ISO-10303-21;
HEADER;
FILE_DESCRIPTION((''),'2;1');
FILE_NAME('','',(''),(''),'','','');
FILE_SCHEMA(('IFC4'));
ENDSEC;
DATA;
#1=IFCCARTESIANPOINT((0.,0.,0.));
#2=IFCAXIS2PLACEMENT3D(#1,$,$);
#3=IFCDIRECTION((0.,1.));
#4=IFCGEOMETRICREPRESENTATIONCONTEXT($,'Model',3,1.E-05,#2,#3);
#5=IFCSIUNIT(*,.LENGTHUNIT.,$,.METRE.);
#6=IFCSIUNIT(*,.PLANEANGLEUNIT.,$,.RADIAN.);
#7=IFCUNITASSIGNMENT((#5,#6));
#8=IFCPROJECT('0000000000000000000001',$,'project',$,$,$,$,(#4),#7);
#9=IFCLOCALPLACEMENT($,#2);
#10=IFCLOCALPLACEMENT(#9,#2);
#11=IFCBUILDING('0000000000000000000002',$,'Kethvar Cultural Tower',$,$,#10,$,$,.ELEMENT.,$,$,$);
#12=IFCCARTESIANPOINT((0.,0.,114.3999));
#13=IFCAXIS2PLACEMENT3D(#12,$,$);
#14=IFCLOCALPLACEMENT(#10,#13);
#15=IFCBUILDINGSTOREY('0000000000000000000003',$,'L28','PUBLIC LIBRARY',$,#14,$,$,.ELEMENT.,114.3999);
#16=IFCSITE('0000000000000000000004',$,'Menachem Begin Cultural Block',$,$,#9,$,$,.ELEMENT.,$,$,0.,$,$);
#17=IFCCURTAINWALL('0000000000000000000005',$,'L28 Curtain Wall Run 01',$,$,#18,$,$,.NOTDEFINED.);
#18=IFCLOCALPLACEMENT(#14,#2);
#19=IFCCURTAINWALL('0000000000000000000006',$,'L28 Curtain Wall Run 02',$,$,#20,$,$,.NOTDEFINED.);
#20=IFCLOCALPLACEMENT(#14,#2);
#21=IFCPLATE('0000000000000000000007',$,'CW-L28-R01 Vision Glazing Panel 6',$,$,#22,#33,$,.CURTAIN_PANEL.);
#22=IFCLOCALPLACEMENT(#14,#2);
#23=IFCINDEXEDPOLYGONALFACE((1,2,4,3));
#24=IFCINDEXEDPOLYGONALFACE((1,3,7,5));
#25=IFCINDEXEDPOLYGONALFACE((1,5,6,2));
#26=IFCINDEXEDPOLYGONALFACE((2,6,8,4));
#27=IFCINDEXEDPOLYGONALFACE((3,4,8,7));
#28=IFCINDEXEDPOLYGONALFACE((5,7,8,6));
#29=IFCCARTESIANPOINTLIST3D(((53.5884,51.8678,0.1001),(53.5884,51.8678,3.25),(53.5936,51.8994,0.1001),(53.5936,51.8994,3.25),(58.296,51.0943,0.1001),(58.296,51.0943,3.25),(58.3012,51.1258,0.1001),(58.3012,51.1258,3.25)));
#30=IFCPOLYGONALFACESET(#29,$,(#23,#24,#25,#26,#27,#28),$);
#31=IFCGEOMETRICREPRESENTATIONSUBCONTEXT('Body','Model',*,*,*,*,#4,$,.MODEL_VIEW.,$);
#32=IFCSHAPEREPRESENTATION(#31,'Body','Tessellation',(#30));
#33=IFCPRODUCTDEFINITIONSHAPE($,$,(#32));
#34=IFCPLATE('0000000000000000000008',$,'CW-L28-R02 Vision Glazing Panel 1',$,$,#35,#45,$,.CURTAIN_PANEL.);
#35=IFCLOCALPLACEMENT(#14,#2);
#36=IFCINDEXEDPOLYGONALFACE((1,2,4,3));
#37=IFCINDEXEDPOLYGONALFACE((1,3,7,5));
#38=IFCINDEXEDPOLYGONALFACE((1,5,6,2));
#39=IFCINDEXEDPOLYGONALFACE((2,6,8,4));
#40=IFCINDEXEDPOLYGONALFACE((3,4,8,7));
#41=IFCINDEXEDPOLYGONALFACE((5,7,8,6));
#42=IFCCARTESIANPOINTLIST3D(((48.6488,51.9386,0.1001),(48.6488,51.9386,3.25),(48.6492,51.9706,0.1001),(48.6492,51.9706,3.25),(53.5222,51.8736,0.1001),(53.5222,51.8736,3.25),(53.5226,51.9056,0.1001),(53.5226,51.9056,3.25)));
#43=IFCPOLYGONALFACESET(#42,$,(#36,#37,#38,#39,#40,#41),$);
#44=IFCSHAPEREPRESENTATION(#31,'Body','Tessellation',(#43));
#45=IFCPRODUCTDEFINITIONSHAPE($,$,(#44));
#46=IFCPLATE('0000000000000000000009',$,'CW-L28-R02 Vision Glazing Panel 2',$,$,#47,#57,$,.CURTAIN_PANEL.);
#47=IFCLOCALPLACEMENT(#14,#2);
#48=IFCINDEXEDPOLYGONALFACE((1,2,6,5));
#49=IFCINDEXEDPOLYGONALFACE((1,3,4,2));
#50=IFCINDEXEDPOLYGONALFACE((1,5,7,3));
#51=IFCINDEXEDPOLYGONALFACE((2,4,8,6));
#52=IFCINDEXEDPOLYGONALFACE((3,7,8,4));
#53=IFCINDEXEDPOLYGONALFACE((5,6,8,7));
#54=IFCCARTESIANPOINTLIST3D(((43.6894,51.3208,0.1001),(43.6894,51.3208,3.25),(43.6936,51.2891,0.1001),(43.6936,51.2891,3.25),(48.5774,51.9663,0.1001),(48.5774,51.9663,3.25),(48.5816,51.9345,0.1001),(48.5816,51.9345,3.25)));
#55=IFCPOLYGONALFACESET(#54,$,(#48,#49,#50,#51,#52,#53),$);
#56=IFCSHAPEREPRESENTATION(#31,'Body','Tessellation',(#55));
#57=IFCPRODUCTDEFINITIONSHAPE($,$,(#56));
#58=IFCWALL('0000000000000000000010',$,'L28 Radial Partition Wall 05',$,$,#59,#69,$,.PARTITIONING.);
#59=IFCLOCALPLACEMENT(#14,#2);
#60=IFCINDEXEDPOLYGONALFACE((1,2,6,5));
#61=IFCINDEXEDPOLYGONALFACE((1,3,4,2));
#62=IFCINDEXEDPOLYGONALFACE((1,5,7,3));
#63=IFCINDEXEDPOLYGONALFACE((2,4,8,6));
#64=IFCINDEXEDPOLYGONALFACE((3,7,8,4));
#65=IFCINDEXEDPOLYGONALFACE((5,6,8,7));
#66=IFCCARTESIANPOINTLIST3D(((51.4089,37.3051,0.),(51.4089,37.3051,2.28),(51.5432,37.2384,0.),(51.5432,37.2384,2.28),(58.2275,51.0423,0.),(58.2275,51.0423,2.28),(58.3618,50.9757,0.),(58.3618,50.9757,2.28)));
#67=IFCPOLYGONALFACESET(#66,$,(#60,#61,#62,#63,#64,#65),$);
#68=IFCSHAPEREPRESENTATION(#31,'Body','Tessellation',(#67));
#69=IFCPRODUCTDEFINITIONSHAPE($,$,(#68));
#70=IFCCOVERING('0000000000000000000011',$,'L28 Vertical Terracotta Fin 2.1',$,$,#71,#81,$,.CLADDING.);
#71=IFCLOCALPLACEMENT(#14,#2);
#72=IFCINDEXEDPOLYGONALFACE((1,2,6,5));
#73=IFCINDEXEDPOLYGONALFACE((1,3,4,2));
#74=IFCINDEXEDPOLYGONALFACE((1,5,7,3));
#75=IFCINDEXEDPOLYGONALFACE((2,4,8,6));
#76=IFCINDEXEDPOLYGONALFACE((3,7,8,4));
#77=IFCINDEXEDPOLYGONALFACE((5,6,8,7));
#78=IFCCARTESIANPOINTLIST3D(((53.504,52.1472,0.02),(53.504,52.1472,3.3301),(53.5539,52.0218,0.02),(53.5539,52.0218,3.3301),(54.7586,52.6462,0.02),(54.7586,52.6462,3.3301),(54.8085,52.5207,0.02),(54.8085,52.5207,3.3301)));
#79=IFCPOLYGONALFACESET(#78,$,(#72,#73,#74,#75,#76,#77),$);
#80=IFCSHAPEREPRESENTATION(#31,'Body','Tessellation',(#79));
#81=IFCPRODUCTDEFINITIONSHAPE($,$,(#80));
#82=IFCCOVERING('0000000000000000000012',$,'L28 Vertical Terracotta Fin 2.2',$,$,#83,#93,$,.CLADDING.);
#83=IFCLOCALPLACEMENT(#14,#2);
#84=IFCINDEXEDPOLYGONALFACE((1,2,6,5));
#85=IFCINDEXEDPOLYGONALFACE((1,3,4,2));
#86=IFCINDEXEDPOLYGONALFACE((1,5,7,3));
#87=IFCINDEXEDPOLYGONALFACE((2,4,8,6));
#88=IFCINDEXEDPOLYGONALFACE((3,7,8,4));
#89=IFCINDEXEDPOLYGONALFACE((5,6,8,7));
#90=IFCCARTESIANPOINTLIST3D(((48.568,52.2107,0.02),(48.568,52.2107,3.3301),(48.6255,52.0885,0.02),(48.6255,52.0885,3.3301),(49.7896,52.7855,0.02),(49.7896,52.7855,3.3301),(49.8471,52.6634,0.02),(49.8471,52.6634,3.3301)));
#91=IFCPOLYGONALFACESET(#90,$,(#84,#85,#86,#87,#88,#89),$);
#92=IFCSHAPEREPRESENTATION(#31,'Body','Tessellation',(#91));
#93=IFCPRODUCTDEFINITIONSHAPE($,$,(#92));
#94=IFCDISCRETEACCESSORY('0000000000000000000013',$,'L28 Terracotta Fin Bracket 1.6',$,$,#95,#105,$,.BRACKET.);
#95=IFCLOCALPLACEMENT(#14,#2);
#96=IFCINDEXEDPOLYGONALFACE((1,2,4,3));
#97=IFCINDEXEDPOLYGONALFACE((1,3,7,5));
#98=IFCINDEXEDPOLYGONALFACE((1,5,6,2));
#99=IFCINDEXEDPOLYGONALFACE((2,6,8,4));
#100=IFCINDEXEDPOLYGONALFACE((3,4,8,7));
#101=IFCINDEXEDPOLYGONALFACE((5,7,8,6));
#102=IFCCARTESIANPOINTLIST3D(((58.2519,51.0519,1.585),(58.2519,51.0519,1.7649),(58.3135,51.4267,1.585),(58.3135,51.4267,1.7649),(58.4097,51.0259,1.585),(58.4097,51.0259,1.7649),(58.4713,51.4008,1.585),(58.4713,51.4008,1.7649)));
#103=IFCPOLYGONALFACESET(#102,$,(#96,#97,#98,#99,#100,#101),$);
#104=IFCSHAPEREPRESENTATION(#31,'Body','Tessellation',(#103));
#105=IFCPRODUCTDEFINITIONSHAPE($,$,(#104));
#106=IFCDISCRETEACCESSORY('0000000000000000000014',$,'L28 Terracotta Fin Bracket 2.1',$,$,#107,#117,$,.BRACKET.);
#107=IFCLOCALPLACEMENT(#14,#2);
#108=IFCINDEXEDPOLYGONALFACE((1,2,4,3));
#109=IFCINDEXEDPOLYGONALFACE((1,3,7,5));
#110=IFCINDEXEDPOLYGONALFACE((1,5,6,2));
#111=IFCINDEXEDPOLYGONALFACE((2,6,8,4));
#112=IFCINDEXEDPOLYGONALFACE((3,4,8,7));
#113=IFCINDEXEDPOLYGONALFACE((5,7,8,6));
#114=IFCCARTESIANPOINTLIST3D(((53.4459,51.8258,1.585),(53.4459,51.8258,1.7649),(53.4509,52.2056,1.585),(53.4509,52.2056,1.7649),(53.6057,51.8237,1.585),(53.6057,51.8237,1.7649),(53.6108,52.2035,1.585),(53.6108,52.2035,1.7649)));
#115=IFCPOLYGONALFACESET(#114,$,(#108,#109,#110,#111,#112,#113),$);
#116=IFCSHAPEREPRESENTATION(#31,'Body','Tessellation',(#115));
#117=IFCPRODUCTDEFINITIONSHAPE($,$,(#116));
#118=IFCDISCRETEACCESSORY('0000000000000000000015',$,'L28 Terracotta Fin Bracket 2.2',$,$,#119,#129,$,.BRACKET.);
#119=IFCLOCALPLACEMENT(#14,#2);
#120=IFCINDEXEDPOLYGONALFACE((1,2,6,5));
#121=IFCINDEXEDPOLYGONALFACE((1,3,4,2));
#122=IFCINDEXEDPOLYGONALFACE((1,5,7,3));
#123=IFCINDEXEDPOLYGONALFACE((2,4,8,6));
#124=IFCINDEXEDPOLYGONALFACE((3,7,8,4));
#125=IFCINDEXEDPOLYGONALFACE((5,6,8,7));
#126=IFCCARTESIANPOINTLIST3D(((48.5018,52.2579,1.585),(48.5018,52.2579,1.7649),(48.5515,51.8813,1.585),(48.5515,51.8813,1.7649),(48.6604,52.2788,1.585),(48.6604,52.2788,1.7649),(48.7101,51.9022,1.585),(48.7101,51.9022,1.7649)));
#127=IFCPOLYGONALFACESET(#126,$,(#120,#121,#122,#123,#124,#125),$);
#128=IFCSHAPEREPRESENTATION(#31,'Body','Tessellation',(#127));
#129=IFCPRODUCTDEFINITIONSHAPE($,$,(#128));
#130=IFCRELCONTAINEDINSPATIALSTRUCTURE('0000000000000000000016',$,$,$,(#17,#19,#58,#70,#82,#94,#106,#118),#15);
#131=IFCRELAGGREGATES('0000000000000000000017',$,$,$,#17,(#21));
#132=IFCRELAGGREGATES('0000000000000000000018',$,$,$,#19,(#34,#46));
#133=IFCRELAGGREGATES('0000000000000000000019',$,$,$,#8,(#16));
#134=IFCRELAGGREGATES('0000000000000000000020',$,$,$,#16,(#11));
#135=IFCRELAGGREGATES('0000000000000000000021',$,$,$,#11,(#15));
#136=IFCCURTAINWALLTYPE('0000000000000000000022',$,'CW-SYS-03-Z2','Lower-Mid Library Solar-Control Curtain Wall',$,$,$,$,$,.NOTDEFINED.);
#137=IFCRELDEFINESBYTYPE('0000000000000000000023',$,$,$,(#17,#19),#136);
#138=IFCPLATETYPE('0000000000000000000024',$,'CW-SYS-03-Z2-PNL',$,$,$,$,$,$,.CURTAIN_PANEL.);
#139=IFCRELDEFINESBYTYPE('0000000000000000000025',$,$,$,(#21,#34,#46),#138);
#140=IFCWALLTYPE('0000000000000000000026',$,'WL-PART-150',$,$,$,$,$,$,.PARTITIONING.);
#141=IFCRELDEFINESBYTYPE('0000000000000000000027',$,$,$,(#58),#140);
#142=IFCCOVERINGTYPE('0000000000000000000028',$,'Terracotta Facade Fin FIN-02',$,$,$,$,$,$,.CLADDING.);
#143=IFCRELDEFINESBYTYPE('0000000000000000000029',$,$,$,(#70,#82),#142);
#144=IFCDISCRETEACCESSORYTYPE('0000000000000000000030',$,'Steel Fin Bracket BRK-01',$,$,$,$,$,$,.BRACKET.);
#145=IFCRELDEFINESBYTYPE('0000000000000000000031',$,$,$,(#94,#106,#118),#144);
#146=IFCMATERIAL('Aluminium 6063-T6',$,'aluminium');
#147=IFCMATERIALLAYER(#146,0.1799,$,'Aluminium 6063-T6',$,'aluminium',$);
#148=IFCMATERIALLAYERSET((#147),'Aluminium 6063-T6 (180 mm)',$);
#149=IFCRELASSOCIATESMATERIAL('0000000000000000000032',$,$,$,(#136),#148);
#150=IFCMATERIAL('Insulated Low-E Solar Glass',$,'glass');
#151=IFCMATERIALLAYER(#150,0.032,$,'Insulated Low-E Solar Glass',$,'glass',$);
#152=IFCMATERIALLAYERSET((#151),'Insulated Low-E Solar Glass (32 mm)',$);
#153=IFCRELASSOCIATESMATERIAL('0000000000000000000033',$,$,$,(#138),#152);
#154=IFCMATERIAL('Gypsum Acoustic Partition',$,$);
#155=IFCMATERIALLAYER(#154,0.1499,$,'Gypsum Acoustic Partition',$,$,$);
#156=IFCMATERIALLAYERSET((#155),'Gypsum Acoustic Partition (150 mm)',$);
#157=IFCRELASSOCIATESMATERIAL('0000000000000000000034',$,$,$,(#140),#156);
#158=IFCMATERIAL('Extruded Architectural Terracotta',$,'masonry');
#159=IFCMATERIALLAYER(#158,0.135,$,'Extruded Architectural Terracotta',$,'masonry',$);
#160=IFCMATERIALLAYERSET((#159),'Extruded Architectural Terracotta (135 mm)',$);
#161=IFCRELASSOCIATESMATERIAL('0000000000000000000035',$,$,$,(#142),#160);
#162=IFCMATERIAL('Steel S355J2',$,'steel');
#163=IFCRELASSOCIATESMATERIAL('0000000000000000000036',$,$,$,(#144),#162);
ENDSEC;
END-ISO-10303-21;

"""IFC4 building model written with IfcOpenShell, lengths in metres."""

from ifc_helpers import new_model, si_unit, direction, frame, frame_2d, origin, origin_2d, place, context, subcontext, project, spatial, rectangle, extrude, source, transform, mapped, material, layer, layer_set, type_object, element, aggregate, save


model = new_model("IFC4")

# Units and contexts
model_context = context("Model", 3, precision=1e-05, world=origin(), true_north=direction((0.0, 1.0)))
body_context = subcontext(model_context, "Body", "Model", "MODEL_VIEW")
ifc_project = project(units=[si_unit("LENGTHUNIT", "METRE"), si_unit("PLANEANGLEUNIT", "RADIAN")], contexts=[model_context])

# Site, building, storey
site_placement = place(None, origin())
site = spatial("IfcSite", under=ifc_project, at=site_placement, Name="Menachem Begin Cultural Block", CompositionType="ELEMENT", RefElevation=0.0)
building_placement = place(site_placement, origin())
building = spatial("IfcBuilding", under=site, at=building_placement, Name="Kethvar Cultural Tower", CompositionType="ELEMENT")
storey_placement = place(building_placement, frame((0.0, 0.0, 114.3999)))
storey = spatial("IfcBuildingStorey", under=building, at=storey_placement, Name="L28", Description="PUBLIC LIBRARY", CompositionType="ELEMENT", Elevation=114.3999)

# Shared definitions
ifc_material_1 = material(Name="Steel S355J2", Category="steel")

# Curtain walls
ifc_material_2 = material(Name="Aluminium 6063-T6", Category="aluminium")
ifc_layer_1 = layer(ifc_material_2, 0.1799, Name="Aluminium 6063-T6", Category="aluminium")
ifc_layer_set_1 = layer_set([ifc_layer_1], Name="Aluminium 6063-T6 (180 mm)")
curtain_wall_type = type_object("IfcCurtainWallType", Name="CW-SYS-03-Z2", Description="Lower-Mid Library Solar-Control Curtain Wall", PredefinedType="NOTDEFINED", material=ifc_layer_set_1)
curtain_wall_1_placement = place(storey_placement, origin())
curtain_wall_1 = element("IfcCurtainWall", 1, at=curtain_wall_1_placement, inside=storey, type_object=curtain_wall_type, Name="L28 Curtain Wall Run 01", PredefinedType="NOTDEFINED")
curtain_wall_2_placement = place(storey_placement, origin())
curtain_wall_2 = element("IfcCurtainWall", 2, at=curtain_wall_2_placement, inside=storey, type_object=curtain_wall_type, Name="L28 Curtain Wall Run 02", PredefinedType="NOTDEFINED")

# Plates
ifc_material_3 = material(Name="Insulated Low-E Solar Glass", Category="glass")
ifc_layer_2 = layer(ifc_material_3, 0.032, Name="Insulated Low-E Solar Glass", Category="glass")
ifc_layer_set_2 = layer_set([ifc_layer_2], Name="Insulated Low-E Solar Glass (32 mm)")
plate_type = type_object("IfcPlateType", Name="CW-SYS-03-Z2-PNL", PredefinedType="CURTAIN_PANEL", material=ifc_layer_set_2)
shared_shape_1 = source(origin(), body_context, "Body", "SweptSolid", [
    extrude(rectangle(XDim=4.7708, YDim=0.032, at=origin_2d()), origin(), (0.0, 0.0, 1.0), 3.1499),
])
plate_1_placement = place(storey_placement, frame((55.9448, 51.4968, 0.1001), z_axis=(0.0, 0.0, 1.0), x_axis=(-0.986768, 0.162138, 0.0)))
plate_1 = element("IfcPlate", 3, at=plate_1_placement, type_object=plate_type, Name="CW-L28-R01 Vision Glazing Panel 6", PredefinedType="CURTAIN_PANEL", context=body_context, shape_type="MappedRepresentation", body=[
    mapped(shared_shape_1, transform((0.0, 0.0, 0.0), scale=1.0)),
])
aggregate(curtain_wall_1, [plate_1])
shared_shape_2 = source(origin(), body_context, "Body", "SweptSolid", [
    extrude(rectangle(XDim=4.8738, YDim=0.032, at=origin_2d()), origin(), (0.0, 0.0, 1.0), 3.1499),
])
plate_2_placement = place(storey_placement, frame((51.0857, 51.9221, 0.1001), z_axis=(0.0, 0.0, 1.0), x_axis=(-0.999911, 0.013334, 0.0)))
plate_2 = element("IfcPlate", 4, at=plate_2_placement, type_object=plate_type, Name="CW-L28-R02 Vision Glazing Panel 1", PredefinedType="CURTAIN_PANEL", context=body_context, shape_type="MappedRepresentation", body=[
    mapped(shared_shape_2, transform((0.0, 0.0, 0.0), scale=1.0)),
])
shared_shape_3 = source(origin(), body_context, "Body", "SweptSolid", [
    extrude(rectangle(XDim=4.9304, YDim=0.032, at=origin_2d()), origin(), (0.0, 0.0, 1.0), 3.1499),
])
plate_3_placement = place(storey_placement, frame((46.1355, 51.6277, 0.1001), z_axis=(0.0, 0.0, 1.0), x_axis=(-0.991395, -0.130907, 0.0)))
plate_3 = element("IfcPlate", 5, at=plate_3_placement, type_object=plate_type, Name="CW-L28-R02 Vision Glazing Panel 2", PredefinedType="CURTAIN_PANEL", context=body_context, shape_type="MappedRepresentation", body=[
    mapped(shared_shape_3, transform((0.0, 0.0, 0.0), scale=1.0)),
])
aggregate(curtain_wall_2, [plate_2, plate_3])

# Wall
ifc_material_4 = material(Name="Gypsum Acoustic Partition")
ifc_layer_3 = layer(ifc_material_4, 0.1499, Name="Gypsum Acoustic Partition")
ifc_layer_set_3 = layer_set([ifc_layer_3], Name="Gypsum Acoustic Partition (150 mm)")
wall_type_1 = type_object("IfcWallType", Name="WL-PART-150", PredefinedType="PARTITIONING", material=ifc_layer_set_3)
wall_1_placement = place(storey_placement, frame((51.4761, 37.2717, 0.0), z_axis=(0.0, 0.0, 1.0), x_axis=(0.444601, 0.895729, 0.0)))
element("IfcWall", 6, at=wall_1_placement, inside=storey, type_object=wall_type_1, Name="L28 Radial Partition Wall 05", PredefinedType="PARTITIONING", context=body_context, shape_type="SweptSolid", body=[
    extrude(rectangle(XDim=15.3364, YDim=0.1499, at=frame_2d((7.6682, 0.0))), origin(), (0.0, 0.0, 1.0), 2.28),
])

# Coverings
ifc_material_5 = material(Name="Extruded Architectural Terracotta", Category="masonry")
ifc_layer_4 = layer(ifc_material_5, 0.135, Name="Extruded Architectural Terracotta", Category="masonry")
ifc_layer_set_4 = layer_set([ifc_layer_4], Name="Extruded Architectural Terracotta (135 mm)")
covering_type = type_object("IfcCoveringType", Name="Terracotta Facade Fin FIN-02", PredefinedType="CLADDING", material=ifc_layer_set_4)
shared_shape_4 = source(origin(), body_context, "Body", "SweptSolid", [
    extrude(rectangle(XDim=1.3501, YDim=0.135, at=origin_2d()), origin(), (0.0, 0.0, 1.0), 3.3101),
])
for number, where, z_axis, x_axis, name in (
    (7, (54.1562, 52.334, 0.02), (0.0, 0.0, 1.0), (0.929197, 0.369585, 0.0), "L28 Vertical Terracotta Fin 2.1"),
    (8, (49.2075, 52.437, 0.02), (0.0, 0.0, 1.0), (0.904827, 0.425779, 0.0), "L28 Vertical Terracotta Fin 2.2"),
):
    element("IfcCovering", number, at=place(storey_placement, frame(where, z_axis=z_axis, x_axis=x_axis)), inside=storey, type_object=covering_type, Name=name, PredefinedType="CLADDING", context=body_context, shape_type="MappedRepresentation", body=[
        mapped(shared_shape_4, transform((0.0, 0.0, 0.0), scale=1.0)),
    ])

# Discrete accessories
discrete_accessory_type = type_object("IfcDiscreteAccessoryType", Name="Steel Fin Bracket BRK-01", PredefinedType="BRACKET", material=ifc_material_1)
shared_shape_5 = source(origin(), body_context, "Body", "SweptSolid", [
    extrude(rectangle(XDim=0.3799, YDim=0.1599, at=origin_2d()), origin(), (0.0, 0.0, 1.0), 0.1799),
])
for number, where, z_axis, x_axis, name in (
    (9, (58.3616, 51.2263, 1.585), (0.0, 0.0, 1.0), (0.162121, 0.986771, 0.0), "L28 Terracotta Fin Bracket 1.6"),
    (10, (53.5283, 52.0146, 1.585), (0.0, 0.0, 1.0), (0.013264, 0.999912, 0.0), "L28 Terracotta Fin Bracket 2.1"),
    (11, (48.606, 52.0801, 1.585), (0.0, 0.0, 1.0), (-0.130872, 0.991399, 0.0), "L28 Terracotta Fin Bracket 2.2"),
):
    element("IfcDiscreteAccessory", number, at=place(storey_placement, frame(where, z_axis=z_axis, x_axis=x_axis)), inside=storey, type_object=discrete_accessory_type, Name=name, PredefinedType="BRACKET", context=body_context, shape_type="MappedRepresentation", body=[
        mapped(shared_shape_5, transform((0.0, 0.0, 0.0), scale=1.0)),
    ])

save(model, "model.ifc")
